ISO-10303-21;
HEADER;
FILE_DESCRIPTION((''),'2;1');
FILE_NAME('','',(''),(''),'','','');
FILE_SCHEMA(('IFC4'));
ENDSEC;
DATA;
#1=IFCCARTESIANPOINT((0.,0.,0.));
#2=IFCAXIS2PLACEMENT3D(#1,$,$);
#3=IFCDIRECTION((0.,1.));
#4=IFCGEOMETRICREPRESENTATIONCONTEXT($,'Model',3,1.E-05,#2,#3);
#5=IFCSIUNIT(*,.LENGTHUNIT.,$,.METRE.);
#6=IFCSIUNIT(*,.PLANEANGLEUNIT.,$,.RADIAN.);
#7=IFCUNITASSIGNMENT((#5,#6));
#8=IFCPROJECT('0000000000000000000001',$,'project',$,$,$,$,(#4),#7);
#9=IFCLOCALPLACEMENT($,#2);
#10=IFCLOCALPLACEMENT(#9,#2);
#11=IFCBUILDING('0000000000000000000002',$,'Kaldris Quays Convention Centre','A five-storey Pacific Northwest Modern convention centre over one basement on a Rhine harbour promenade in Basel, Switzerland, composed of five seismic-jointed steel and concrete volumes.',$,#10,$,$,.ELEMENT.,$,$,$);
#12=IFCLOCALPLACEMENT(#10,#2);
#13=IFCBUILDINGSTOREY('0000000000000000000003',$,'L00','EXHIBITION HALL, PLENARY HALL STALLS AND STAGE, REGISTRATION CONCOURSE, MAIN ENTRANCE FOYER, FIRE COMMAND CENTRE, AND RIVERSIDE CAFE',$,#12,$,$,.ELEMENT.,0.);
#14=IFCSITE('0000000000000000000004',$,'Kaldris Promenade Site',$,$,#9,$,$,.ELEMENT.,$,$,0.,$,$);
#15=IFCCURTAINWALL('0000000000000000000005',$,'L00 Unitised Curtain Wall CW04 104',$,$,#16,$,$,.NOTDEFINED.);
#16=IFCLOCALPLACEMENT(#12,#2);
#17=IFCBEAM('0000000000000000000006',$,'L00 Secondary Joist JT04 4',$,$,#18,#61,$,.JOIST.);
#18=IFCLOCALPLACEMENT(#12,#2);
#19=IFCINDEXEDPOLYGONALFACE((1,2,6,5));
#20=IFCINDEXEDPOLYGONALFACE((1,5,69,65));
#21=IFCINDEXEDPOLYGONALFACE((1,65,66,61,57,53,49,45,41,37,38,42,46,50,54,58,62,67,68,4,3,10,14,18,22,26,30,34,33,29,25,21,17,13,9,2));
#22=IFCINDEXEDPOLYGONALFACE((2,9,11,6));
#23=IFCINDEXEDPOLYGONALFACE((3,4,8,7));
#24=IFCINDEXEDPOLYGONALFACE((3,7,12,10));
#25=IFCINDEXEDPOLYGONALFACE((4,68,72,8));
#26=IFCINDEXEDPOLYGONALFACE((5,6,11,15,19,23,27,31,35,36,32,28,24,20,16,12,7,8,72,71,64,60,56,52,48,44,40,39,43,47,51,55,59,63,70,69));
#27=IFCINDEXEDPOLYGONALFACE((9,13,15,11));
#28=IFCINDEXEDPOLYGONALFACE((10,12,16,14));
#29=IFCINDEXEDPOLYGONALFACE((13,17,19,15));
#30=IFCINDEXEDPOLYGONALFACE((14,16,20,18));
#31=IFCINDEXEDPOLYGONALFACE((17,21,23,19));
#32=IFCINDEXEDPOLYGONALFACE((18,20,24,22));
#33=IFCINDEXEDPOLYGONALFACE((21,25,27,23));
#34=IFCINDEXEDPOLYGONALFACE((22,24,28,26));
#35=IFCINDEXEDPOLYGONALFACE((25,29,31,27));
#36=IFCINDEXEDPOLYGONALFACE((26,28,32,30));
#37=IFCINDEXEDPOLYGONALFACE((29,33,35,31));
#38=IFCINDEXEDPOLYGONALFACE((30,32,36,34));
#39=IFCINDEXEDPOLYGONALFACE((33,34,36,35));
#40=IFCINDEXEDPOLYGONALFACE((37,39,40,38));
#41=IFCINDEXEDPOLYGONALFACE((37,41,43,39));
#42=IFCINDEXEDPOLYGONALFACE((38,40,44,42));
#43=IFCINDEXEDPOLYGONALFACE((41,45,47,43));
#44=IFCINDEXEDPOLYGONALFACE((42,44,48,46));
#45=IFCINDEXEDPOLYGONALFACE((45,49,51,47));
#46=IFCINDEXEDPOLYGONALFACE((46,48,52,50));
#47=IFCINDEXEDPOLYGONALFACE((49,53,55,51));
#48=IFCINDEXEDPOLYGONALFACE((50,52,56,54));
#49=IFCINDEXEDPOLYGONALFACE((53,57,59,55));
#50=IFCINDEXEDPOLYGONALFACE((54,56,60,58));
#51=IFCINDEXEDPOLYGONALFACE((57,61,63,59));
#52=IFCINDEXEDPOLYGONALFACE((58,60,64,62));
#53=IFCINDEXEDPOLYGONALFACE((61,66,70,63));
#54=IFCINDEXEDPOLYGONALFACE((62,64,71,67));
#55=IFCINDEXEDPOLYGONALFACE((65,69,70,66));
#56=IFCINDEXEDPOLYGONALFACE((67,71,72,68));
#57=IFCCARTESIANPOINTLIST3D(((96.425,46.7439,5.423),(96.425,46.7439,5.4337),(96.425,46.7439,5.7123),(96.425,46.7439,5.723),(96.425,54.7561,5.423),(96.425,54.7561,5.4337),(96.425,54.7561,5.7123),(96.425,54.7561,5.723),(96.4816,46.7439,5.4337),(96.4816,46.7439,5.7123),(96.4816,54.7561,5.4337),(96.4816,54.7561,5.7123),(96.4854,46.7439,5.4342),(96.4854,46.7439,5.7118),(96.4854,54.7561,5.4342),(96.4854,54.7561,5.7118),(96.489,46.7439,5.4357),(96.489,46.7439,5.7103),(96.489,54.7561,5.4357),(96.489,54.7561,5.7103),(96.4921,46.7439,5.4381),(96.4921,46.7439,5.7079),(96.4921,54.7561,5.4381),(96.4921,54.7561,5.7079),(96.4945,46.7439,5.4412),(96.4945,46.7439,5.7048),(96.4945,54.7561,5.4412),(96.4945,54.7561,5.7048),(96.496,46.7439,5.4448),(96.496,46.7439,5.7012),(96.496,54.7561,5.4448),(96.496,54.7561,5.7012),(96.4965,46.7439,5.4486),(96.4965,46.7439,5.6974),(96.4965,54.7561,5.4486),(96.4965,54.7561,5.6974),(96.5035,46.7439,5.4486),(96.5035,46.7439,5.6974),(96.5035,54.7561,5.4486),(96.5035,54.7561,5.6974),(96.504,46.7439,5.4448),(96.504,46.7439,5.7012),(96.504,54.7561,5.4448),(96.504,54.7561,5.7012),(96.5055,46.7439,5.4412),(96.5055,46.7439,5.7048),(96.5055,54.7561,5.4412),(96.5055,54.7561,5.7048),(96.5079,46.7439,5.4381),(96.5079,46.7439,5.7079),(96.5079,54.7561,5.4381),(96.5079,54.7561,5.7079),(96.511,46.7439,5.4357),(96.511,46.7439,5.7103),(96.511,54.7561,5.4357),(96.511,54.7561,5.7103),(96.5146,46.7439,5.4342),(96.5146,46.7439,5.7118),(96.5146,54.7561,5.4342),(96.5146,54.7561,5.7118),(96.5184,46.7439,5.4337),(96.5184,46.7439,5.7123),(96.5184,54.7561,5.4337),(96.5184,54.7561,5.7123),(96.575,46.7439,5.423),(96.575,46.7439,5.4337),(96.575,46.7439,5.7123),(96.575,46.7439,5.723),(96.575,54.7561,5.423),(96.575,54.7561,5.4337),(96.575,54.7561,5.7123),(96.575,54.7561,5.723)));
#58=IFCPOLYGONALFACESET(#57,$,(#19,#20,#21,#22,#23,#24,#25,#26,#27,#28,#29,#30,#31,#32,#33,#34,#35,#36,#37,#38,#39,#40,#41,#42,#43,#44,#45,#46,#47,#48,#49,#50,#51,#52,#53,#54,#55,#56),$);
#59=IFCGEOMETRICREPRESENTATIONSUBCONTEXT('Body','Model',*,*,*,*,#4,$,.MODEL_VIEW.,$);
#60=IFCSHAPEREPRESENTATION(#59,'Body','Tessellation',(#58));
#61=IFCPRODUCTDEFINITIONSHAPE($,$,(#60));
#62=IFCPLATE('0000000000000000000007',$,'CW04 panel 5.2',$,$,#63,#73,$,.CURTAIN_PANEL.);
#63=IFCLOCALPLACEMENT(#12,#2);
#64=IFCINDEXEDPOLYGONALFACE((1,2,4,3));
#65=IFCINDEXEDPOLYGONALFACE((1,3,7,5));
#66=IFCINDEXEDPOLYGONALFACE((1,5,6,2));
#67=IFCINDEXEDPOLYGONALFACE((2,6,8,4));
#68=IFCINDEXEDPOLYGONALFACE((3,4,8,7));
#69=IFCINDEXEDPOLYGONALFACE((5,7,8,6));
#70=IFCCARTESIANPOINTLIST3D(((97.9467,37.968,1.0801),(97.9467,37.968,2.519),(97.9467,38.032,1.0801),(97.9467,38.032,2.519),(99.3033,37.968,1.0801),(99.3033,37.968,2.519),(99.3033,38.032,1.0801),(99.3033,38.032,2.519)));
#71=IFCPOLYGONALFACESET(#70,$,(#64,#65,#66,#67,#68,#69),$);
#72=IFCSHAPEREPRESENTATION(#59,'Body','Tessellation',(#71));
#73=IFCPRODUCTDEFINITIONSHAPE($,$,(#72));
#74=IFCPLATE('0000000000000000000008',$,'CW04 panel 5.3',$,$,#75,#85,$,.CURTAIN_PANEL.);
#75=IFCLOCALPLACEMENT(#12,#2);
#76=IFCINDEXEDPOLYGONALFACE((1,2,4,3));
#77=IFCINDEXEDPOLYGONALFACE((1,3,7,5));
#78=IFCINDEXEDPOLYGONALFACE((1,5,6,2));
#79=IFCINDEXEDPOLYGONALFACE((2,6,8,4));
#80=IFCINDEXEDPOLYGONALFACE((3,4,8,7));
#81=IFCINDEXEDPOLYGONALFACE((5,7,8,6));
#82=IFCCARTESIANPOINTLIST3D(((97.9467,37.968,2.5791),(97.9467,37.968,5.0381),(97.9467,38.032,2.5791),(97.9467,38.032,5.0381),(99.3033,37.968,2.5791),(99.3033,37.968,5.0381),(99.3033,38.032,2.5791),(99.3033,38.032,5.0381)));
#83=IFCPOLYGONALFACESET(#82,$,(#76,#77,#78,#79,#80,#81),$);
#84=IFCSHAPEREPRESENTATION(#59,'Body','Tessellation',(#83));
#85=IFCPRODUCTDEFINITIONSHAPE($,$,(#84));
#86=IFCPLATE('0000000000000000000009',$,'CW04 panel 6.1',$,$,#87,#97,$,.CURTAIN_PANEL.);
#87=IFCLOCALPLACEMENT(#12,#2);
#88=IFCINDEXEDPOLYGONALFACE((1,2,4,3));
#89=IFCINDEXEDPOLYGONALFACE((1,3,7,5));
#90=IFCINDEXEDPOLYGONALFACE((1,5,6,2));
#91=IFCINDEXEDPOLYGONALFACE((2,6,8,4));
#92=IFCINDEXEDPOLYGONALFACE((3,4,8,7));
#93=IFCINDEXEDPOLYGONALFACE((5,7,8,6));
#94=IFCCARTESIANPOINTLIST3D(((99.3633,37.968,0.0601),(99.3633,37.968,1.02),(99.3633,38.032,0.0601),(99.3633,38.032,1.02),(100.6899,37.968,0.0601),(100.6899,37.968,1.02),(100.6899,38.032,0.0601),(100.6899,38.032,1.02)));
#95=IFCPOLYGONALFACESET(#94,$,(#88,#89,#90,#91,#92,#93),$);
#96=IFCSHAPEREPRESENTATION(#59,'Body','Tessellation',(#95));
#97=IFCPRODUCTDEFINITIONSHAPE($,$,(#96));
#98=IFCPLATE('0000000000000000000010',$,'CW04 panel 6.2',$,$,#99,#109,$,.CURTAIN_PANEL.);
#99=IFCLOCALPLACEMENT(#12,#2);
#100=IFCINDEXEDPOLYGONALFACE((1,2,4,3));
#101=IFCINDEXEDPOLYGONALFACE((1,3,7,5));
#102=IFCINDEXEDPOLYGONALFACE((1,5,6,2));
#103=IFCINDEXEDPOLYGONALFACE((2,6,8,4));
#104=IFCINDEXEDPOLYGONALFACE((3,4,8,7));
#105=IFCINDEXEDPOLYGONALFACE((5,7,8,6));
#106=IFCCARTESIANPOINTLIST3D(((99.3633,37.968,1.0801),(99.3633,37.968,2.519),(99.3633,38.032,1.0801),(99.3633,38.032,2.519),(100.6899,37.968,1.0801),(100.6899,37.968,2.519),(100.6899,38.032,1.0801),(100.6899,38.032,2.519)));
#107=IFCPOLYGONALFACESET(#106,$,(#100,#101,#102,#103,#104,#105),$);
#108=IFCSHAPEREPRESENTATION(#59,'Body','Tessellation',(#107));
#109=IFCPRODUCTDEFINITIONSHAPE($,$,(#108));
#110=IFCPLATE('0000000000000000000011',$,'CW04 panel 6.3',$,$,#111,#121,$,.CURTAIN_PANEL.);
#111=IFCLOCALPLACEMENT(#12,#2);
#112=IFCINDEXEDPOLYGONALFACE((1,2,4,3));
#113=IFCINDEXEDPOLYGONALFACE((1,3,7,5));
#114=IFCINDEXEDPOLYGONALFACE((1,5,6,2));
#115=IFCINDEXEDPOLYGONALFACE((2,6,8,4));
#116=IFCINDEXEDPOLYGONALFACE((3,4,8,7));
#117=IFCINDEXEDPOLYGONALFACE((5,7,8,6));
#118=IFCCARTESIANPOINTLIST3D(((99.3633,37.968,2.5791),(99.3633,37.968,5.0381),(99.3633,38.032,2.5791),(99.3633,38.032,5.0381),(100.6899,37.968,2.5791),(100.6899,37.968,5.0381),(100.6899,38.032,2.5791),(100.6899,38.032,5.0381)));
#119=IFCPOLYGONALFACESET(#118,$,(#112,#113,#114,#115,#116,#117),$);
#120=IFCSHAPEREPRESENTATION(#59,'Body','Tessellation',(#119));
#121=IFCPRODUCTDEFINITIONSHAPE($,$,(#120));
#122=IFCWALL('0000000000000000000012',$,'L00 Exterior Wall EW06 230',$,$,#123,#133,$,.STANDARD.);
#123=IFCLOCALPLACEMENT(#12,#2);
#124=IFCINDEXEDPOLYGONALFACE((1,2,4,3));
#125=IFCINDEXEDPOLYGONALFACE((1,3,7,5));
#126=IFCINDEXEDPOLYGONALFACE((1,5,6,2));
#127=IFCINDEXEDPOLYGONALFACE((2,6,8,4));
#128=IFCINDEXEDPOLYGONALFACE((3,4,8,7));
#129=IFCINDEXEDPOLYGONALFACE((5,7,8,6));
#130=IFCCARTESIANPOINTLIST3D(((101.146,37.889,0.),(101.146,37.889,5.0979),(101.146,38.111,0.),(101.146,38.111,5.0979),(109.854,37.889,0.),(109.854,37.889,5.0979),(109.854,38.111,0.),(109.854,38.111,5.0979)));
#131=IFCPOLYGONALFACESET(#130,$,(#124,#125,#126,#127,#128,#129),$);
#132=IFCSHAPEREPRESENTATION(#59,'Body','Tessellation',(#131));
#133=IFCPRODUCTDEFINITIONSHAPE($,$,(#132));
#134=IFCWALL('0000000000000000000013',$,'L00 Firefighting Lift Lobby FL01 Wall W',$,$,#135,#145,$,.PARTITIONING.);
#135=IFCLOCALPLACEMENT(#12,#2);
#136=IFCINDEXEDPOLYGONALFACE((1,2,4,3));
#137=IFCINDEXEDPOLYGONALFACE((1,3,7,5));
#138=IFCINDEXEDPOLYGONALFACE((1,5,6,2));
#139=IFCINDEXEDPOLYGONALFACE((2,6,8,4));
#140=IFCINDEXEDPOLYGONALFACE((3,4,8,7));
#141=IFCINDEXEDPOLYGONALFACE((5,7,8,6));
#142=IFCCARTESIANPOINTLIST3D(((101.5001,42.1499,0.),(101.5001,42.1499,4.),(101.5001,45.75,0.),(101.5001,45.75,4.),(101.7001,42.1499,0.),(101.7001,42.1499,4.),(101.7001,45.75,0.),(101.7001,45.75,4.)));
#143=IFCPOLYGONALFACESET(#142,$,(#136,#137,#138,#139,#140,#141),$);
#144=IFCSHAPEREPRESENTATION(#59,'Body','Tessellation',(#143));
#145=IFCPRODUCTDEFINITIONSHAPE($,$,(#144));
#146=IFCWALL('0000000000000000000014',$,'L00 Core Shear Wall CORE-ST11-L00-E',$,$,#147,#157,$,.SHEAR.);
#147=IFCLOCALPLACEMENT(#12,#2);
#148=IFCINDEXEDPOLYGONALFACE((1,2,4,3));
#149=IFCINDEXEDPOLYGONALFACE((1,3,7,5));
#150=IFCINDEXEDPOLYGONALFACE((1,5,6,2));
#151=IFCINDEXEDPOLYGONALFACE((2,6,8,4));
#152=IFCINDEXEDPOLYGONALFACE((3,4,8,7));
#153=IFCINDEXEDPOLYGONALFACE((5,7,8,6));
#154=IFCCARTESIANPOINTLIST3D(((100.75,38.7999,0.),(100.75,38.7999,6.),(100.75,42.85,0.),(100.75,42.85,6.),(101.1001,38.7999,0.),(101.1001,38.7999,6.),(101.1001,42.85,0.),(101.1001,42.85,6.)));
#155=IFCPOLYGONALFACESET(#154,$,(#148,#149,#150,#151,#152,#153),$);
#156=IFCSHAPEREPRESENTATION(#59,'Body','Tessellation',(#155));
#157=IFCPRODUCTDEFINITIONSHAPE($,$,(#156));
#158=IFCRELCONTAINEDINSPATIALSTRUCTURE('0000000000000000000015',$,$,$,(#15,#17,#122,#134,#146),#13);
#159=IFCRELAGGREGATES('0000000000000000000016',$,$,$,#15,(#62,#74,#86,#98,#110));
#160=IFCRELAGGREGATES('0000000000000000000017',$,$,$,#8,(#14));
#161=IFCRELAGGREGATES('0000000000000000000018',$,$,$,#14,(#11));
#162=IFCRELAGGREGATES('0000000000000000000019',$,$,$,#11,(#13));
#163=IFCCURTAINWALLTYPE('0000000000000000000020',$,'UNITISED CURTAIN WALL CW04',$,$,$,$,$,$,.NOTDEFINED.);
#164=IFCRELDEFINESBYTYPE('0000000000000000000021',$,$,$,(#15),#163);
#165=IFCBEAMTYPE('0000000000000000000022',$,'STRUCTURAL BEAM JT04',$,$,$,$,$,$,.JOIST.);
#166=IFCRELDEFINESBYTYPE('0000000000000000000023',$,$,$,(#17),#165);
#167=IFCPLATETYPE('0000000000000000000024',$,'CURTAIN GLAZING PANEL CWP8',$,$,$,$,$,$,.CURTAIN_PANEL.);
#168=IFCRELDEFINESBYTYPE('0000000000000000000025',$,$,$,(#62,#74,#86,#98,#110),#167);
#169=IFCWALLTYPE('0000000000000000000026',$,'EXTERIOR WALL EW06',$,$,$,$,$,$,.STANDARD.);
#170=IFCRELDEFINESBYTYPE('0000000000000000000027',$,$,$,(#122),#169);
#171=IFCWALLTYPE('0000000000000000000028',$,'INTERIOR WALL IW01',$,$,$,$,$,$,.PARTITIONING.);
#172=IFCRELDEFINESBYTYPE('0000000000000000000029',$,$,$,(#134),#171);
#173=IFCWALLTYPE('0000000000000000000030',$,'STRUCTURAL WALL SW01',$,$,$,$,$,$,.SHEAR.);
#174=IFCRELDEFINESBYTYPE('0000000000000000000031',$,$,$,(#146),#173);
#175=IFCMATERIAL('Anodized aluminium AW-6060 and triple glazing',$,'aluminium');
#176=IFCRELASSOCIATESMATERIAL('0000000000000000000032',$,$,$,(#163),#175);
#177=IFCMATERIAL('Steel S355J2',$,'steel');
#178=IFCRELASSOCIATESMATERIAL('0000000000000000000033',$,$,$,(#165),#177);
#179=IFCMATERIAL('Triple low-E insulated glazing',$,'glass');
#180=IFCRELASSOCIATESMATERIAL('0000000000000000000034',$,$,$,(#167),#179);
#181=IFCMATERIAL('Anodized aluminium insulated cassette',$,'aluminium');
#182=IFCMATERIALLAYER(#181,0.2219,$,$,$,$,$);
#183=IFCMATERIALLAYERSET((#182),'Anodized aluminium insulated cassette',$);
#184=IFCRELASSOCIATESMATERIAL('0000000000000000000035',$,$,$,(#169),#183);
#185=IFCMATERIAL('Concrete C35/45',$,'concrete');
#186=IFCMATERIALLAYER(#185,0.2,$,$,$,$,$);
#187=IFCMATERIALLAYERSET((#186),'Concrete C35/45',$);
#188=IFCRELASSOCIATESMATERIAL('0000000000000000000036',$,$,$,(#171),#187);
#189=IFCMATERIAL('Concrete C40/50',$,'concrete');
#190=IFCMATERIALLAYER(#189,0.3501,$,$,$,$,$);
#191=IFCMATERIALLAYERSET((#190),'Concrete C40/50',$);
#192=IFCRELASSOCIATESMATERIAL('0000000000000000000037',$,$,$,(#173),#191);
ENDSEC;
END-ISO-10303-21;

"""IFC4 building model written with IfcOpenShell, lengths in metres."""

from ifc_helpers import new_model, si_unit, direction, frame, frame_2d, origin, origin_2d, place, context, subcontext, project, spatial, rectangle, i_section, extrude, material, layer, layer_set, material_profile, profile_set, type_object, element, aggregate, save


model = new_model("IFC4")

# Units and contexts
model_context = context("Model", 3, precision=1e-05, world=origin(), true_north=direction((0.0, 1.0)))
body_context = subcontext(model_context, "Body", "Model", "MODEL_VIEW")
ifc_project = project(units=[si_unit("LENGTHUNIT", "METRE"), si_unit("PLANEANGLEUNIT", "RADIAN")], contexts=[model_context])

# Site, building, storey
site_placement = place(None, origin())
site = spatial("IfcSite", under=ifc_project, at=site_placement, Name="Kaldris Promenade Site", CompositionType="ELEMENT", RefElevation=0.0)
building_placement = place(site_placement, origin())
building = spatial("IfcBuilding", under=site, at=building_placement, Name="Kaldris Quays Convention Centre", Description="A five-storey Pacific Northwest Modern convention centre over one basement on a Rhine harbour promenade in Basel, Switzerland, composed of five seismic-jointed steel and concrete volumes.", CompositionType="ELEMENT")
storey_placement = place(building_placement, origin())
storey = spatial("IfcBuildingStorey", under=building, at=storey_placement, Name="L00", Description="EXHIBITION HALL, PLENARY HALL STALLS AND STAGE, REGISTRATION CONCOURSE, MAIN ENTRANCE FOYER, FIRE COMMAND CENTRE, AND RIVERSIDE CAFE", CompositionType="ELEMENT", Elevation=0.0)

# Shared definitions
ifc_material_1 = material(Name="Steel S355J2", Category="steel")

# Curtain wall
ifc_material_2 = material(Name="Anodized aluminium AW-6060 and triple glazing", Category="aluminium")
curtain_wall_type = type_object("IfcCurtainWallType", Name="UNITISED CURTAIN WALL CW04", PredefinedType="NOTDEFINED", material=ifc_material_2)
curtain_wall_placement = place(storey_placement, origin())
curtain_wall = element("IfcCurtainWall", 1, at=curtain_wall_placement, inside=storey, type_object=curtain_wall_type, Name="L00 Unitised Curtain Wall CW04 104", PredefinedType="NOTDEFINED")

# Beam
ifc_material_profile_1 = material_profile(ifc_material_1, i_section(OverallWidth=0.1499, OverallDepth=0.3, WebThickness=0.0071, FlangeThickness=0.0107, FilletRadius=0.0149, at=origin_2d()), Name="IPE 300")
ifc_profile_set_1 = profile_set([ifc_material_profile_1], Name="Steel S355J2")
beam_type_1 = type_object("IfcBeamType", Name="STRUCTURAL BEAM JT04", PredefinedType="JOIST", material=ifc_profile_set_1)
beam_1_placement = place(storey_placement, frame((96.5, 46.7439, 5.573), z_axis=(0.0, 1.0, 0.0), x_axis=(-1.0, 0.0, 0.0)))
element("IfcBeam", 2, at=beam_1_placement, inside=storey, type_object=beam_type_1, Name="L00 Secondary Joist JT04 4", PredefinedType="JOIST", context=body_context, shape_type="SweptSolid", body=[
    extrude(i_section(OverallWidth=0.1499, OverallDepth=0.3, WebThickness=0.0071, FlangeThickness=0.0107, FilletRadius=0.0149, at=origin_2d()), origin(), (0.0, 0.0, 1.0), 8.0122),
])

# Plates
ifc_material_3 = material(Name="Triple low-E insulated glazing", Category="glass")
plate_type = type_object("IfcPlateType", Name="CURTAIN GLAZING PANEL CWP8", PredefinedType="CURTAIN_PANEL", material=ifc_material_3)
plate_1_placement = place(storey_placement, frame((98.625, 38.0, 1.0801), z_axis=(0.0, 0.0, 1.0), x_axis=(1.0, 0.0, 0.0)))
plate_1 = element("IfcPlate", 3, at=plate_1_placement, type_object=plate_type, Name="CW04 panel 5.2", PredefinedType="CURTAIN_PANEL", context=body_context, shape_type="SweptSolid", body=[
    extrude(rectangle(XDim=1.3567, YDim=0.064, at=origin_2d()), origin(), (0.0, 0.0, 1.0), 1.439),
])
plate_2_placement = place(storey_placement, frame((98.625, 38.0, 2.5791), z_axis=(0.0, 0.0, 1.0), x_axis=(1.0, 0.0, 0.0)))
plate_2 = element("IfcPlate", 4, at=plate_2_placement, type_object=plate_type, Name="CW04 panel 5.3", PredefinedType="CURTAIN_PANEL", context=body_context, shape_type="SweptSolid", body=[
    extrude(rectangle(XDim=1.3567, YDim=0.064, at=origin_2d()), origin(), (0.0, 0.0, 1.0), 2.459),
])
plate_3_placement = place(storey_placement, frame((100.0266, 38.0, 0.0601), z_axis=(0.0, 0.0, 1.0), x_axis=(1.0, 0.0, 0.0)))
plate_3 = element("IfcPlate", 5, at=plate_3_placement, type_object=plate_type, Name="CW04 panel 6.1", PredefinedType="CURTAIN_PANEL", context=body_context, shape_type="SweptSolid", body=[
    extrude(rectangle(XDim=1.3267, YDim=0.064, at=origin_2d()), origin(), (0.0, 0.0, 1.0), 0.96),
])
plate_4_placement = place(storey_placement, frame((100.0266, 38.0, 1.0801), z_axis=(0.0, 0.0, 1.0), x_axis=(1.0, 0.0, 0.0)))
plate_4 = element("IfcPlate", 6, at=plate_4_placement, type_object=plate_type, Name="CW04 panel 6.2", PredefinedType="CURTAIN_PANEL", context=body_context, shape_type="SweptSolid", body=[
    extrude(rectangle(XDim=1.3267, YDim=0.064, at=origin_2d()), origin(), (0.0, 0.0, 1.0), 1.439),
])
plate_5_placement = place(storey_placement, frame((100.0266, 38.0, 2.5791), z_axis=(0.0, 0.0, 1.0), x_axis=(1.0, 0.0, 0.0)))
plate_5 = element("IfcPlate", 7, at=plate_5_placement, type_object=plate_type, Name="CW04 panel 6.3", PredefinedType="CURTAIN_PANEL", context=body_context, shape_type="SweptSolid", body=[
    extrude(rectangle(XDim=1.3267, YDim=0.064, at=origin_2d()), origin(), (0.0, 0.0, 1.0), 2.459),
])
aggregate(curtain_wall, [plate_1, plate_2, plate_3, plate_4, plate_5])

# Walls
ifc_material_4 = material(Name="Anodized aluminium insulated cassette", Category="aluminium")
ifc_layer_1 = layer(ifc_material_4, 0.2219)
ifc_layer_set_1 = layer_set([ifc_layer_1], Name="Anodized aluminium insulated cassette")
wall_type_1 = type_object("IfcWallType", Name="EXTERIOR WALL EW06", PredefinedType="STANDARD", material=ifc_layer_set_1)
wall_1_placement = place(storey_placement, frame((101.146, 38.0, 0.0), z_axis=(0.0, 0.0, 1.0), x_axis=(1.0, 0.0, 0.0)))
element("IfcWall", 8, at=wall_1_placement, inside=storey, type_object=wall_type_1, Name="L00 Exterior Wall EW06 230", PredefinedType="STANDARD", context=body_context, shape_type="SweptSolid", body=[
    extrude(rectangle(XDim=8.708, YDim=0.2219, at=frame_2d((4.354, 0.0))), origin(), (0.0, 0.0, 1.0), 5.0979),
])
ifc_material_5 = material(Name="Concrete C35/45", Category="concrete")
ifc_layer_2 = layer(ifc_material_5, 0.2)
ifc_layer_set_2 = layer_set([ifc_layer_2], Name="Concrete C35/45")
wall_type_2 = type_object("IfcWallType", Name="INTERIOR WALL IW01", PredefinedType="PARTITIONING", material=ifc_layer_set_2)
wall_2_placement = place(storey_placement, frame((101.6001, 42.1499, 0.0), z_axis=(0.0, 0.0, 1.0), x_axis=(0.0, 1.0, 0.0)))
element("IfcWall", 9, at=wall_2_placement, inside=storey, type_object=wall_type_2, Name="L00 Firefighting Lift Lobby FL01 Wall W", PredefinedType="PARTITIONING", context=body_context, shape_type="SweptSolid", body=[
    extrude(rectangle(XDim=3.6001, YDim=0.2, at=frame_2d((1.8, 0.0))), origin(), (0.0, 0.0, 1.0), 4.0),
])
ifc_material_6 = material(Name="Concrete C40/50", Category="concrete")
ifc_layer_3 = layer(ifc_material_6, 0.3501)
ifc_layer_set_3 = layer_set([ifc_layer_3], Name="Concrete C40/50")
wall_type_3 = type_object("IfcWallType", Name="STRUCTURAL WALL SW01", PredefinedType="SHEAR", material=ifc_layer_set_3)
wall_3_placement = place(storey_placement, frame((100.925, 38.8, 0.0), z_axis=(0.0, 0.0, 1.0), x_axis=(0.0, 1.0, 0.0)))
element("IfcWall", 10, at=wall_3_placement, inside=storey, type_object=wall_type_3, Name="L00 Core Shear Wall CORE-ST11-L00-E", PredefinedType="SHEAR", context=body_context, shape_type="SweptSolid", body=[
    extrude(rectangle(XDim=4.05, YDim=0.3501, at=frame_2d((2.0249, 0.0))), origin(), (0.0, 0.0, 1.0), 6.0),
])

save(model, "model.ifc")
